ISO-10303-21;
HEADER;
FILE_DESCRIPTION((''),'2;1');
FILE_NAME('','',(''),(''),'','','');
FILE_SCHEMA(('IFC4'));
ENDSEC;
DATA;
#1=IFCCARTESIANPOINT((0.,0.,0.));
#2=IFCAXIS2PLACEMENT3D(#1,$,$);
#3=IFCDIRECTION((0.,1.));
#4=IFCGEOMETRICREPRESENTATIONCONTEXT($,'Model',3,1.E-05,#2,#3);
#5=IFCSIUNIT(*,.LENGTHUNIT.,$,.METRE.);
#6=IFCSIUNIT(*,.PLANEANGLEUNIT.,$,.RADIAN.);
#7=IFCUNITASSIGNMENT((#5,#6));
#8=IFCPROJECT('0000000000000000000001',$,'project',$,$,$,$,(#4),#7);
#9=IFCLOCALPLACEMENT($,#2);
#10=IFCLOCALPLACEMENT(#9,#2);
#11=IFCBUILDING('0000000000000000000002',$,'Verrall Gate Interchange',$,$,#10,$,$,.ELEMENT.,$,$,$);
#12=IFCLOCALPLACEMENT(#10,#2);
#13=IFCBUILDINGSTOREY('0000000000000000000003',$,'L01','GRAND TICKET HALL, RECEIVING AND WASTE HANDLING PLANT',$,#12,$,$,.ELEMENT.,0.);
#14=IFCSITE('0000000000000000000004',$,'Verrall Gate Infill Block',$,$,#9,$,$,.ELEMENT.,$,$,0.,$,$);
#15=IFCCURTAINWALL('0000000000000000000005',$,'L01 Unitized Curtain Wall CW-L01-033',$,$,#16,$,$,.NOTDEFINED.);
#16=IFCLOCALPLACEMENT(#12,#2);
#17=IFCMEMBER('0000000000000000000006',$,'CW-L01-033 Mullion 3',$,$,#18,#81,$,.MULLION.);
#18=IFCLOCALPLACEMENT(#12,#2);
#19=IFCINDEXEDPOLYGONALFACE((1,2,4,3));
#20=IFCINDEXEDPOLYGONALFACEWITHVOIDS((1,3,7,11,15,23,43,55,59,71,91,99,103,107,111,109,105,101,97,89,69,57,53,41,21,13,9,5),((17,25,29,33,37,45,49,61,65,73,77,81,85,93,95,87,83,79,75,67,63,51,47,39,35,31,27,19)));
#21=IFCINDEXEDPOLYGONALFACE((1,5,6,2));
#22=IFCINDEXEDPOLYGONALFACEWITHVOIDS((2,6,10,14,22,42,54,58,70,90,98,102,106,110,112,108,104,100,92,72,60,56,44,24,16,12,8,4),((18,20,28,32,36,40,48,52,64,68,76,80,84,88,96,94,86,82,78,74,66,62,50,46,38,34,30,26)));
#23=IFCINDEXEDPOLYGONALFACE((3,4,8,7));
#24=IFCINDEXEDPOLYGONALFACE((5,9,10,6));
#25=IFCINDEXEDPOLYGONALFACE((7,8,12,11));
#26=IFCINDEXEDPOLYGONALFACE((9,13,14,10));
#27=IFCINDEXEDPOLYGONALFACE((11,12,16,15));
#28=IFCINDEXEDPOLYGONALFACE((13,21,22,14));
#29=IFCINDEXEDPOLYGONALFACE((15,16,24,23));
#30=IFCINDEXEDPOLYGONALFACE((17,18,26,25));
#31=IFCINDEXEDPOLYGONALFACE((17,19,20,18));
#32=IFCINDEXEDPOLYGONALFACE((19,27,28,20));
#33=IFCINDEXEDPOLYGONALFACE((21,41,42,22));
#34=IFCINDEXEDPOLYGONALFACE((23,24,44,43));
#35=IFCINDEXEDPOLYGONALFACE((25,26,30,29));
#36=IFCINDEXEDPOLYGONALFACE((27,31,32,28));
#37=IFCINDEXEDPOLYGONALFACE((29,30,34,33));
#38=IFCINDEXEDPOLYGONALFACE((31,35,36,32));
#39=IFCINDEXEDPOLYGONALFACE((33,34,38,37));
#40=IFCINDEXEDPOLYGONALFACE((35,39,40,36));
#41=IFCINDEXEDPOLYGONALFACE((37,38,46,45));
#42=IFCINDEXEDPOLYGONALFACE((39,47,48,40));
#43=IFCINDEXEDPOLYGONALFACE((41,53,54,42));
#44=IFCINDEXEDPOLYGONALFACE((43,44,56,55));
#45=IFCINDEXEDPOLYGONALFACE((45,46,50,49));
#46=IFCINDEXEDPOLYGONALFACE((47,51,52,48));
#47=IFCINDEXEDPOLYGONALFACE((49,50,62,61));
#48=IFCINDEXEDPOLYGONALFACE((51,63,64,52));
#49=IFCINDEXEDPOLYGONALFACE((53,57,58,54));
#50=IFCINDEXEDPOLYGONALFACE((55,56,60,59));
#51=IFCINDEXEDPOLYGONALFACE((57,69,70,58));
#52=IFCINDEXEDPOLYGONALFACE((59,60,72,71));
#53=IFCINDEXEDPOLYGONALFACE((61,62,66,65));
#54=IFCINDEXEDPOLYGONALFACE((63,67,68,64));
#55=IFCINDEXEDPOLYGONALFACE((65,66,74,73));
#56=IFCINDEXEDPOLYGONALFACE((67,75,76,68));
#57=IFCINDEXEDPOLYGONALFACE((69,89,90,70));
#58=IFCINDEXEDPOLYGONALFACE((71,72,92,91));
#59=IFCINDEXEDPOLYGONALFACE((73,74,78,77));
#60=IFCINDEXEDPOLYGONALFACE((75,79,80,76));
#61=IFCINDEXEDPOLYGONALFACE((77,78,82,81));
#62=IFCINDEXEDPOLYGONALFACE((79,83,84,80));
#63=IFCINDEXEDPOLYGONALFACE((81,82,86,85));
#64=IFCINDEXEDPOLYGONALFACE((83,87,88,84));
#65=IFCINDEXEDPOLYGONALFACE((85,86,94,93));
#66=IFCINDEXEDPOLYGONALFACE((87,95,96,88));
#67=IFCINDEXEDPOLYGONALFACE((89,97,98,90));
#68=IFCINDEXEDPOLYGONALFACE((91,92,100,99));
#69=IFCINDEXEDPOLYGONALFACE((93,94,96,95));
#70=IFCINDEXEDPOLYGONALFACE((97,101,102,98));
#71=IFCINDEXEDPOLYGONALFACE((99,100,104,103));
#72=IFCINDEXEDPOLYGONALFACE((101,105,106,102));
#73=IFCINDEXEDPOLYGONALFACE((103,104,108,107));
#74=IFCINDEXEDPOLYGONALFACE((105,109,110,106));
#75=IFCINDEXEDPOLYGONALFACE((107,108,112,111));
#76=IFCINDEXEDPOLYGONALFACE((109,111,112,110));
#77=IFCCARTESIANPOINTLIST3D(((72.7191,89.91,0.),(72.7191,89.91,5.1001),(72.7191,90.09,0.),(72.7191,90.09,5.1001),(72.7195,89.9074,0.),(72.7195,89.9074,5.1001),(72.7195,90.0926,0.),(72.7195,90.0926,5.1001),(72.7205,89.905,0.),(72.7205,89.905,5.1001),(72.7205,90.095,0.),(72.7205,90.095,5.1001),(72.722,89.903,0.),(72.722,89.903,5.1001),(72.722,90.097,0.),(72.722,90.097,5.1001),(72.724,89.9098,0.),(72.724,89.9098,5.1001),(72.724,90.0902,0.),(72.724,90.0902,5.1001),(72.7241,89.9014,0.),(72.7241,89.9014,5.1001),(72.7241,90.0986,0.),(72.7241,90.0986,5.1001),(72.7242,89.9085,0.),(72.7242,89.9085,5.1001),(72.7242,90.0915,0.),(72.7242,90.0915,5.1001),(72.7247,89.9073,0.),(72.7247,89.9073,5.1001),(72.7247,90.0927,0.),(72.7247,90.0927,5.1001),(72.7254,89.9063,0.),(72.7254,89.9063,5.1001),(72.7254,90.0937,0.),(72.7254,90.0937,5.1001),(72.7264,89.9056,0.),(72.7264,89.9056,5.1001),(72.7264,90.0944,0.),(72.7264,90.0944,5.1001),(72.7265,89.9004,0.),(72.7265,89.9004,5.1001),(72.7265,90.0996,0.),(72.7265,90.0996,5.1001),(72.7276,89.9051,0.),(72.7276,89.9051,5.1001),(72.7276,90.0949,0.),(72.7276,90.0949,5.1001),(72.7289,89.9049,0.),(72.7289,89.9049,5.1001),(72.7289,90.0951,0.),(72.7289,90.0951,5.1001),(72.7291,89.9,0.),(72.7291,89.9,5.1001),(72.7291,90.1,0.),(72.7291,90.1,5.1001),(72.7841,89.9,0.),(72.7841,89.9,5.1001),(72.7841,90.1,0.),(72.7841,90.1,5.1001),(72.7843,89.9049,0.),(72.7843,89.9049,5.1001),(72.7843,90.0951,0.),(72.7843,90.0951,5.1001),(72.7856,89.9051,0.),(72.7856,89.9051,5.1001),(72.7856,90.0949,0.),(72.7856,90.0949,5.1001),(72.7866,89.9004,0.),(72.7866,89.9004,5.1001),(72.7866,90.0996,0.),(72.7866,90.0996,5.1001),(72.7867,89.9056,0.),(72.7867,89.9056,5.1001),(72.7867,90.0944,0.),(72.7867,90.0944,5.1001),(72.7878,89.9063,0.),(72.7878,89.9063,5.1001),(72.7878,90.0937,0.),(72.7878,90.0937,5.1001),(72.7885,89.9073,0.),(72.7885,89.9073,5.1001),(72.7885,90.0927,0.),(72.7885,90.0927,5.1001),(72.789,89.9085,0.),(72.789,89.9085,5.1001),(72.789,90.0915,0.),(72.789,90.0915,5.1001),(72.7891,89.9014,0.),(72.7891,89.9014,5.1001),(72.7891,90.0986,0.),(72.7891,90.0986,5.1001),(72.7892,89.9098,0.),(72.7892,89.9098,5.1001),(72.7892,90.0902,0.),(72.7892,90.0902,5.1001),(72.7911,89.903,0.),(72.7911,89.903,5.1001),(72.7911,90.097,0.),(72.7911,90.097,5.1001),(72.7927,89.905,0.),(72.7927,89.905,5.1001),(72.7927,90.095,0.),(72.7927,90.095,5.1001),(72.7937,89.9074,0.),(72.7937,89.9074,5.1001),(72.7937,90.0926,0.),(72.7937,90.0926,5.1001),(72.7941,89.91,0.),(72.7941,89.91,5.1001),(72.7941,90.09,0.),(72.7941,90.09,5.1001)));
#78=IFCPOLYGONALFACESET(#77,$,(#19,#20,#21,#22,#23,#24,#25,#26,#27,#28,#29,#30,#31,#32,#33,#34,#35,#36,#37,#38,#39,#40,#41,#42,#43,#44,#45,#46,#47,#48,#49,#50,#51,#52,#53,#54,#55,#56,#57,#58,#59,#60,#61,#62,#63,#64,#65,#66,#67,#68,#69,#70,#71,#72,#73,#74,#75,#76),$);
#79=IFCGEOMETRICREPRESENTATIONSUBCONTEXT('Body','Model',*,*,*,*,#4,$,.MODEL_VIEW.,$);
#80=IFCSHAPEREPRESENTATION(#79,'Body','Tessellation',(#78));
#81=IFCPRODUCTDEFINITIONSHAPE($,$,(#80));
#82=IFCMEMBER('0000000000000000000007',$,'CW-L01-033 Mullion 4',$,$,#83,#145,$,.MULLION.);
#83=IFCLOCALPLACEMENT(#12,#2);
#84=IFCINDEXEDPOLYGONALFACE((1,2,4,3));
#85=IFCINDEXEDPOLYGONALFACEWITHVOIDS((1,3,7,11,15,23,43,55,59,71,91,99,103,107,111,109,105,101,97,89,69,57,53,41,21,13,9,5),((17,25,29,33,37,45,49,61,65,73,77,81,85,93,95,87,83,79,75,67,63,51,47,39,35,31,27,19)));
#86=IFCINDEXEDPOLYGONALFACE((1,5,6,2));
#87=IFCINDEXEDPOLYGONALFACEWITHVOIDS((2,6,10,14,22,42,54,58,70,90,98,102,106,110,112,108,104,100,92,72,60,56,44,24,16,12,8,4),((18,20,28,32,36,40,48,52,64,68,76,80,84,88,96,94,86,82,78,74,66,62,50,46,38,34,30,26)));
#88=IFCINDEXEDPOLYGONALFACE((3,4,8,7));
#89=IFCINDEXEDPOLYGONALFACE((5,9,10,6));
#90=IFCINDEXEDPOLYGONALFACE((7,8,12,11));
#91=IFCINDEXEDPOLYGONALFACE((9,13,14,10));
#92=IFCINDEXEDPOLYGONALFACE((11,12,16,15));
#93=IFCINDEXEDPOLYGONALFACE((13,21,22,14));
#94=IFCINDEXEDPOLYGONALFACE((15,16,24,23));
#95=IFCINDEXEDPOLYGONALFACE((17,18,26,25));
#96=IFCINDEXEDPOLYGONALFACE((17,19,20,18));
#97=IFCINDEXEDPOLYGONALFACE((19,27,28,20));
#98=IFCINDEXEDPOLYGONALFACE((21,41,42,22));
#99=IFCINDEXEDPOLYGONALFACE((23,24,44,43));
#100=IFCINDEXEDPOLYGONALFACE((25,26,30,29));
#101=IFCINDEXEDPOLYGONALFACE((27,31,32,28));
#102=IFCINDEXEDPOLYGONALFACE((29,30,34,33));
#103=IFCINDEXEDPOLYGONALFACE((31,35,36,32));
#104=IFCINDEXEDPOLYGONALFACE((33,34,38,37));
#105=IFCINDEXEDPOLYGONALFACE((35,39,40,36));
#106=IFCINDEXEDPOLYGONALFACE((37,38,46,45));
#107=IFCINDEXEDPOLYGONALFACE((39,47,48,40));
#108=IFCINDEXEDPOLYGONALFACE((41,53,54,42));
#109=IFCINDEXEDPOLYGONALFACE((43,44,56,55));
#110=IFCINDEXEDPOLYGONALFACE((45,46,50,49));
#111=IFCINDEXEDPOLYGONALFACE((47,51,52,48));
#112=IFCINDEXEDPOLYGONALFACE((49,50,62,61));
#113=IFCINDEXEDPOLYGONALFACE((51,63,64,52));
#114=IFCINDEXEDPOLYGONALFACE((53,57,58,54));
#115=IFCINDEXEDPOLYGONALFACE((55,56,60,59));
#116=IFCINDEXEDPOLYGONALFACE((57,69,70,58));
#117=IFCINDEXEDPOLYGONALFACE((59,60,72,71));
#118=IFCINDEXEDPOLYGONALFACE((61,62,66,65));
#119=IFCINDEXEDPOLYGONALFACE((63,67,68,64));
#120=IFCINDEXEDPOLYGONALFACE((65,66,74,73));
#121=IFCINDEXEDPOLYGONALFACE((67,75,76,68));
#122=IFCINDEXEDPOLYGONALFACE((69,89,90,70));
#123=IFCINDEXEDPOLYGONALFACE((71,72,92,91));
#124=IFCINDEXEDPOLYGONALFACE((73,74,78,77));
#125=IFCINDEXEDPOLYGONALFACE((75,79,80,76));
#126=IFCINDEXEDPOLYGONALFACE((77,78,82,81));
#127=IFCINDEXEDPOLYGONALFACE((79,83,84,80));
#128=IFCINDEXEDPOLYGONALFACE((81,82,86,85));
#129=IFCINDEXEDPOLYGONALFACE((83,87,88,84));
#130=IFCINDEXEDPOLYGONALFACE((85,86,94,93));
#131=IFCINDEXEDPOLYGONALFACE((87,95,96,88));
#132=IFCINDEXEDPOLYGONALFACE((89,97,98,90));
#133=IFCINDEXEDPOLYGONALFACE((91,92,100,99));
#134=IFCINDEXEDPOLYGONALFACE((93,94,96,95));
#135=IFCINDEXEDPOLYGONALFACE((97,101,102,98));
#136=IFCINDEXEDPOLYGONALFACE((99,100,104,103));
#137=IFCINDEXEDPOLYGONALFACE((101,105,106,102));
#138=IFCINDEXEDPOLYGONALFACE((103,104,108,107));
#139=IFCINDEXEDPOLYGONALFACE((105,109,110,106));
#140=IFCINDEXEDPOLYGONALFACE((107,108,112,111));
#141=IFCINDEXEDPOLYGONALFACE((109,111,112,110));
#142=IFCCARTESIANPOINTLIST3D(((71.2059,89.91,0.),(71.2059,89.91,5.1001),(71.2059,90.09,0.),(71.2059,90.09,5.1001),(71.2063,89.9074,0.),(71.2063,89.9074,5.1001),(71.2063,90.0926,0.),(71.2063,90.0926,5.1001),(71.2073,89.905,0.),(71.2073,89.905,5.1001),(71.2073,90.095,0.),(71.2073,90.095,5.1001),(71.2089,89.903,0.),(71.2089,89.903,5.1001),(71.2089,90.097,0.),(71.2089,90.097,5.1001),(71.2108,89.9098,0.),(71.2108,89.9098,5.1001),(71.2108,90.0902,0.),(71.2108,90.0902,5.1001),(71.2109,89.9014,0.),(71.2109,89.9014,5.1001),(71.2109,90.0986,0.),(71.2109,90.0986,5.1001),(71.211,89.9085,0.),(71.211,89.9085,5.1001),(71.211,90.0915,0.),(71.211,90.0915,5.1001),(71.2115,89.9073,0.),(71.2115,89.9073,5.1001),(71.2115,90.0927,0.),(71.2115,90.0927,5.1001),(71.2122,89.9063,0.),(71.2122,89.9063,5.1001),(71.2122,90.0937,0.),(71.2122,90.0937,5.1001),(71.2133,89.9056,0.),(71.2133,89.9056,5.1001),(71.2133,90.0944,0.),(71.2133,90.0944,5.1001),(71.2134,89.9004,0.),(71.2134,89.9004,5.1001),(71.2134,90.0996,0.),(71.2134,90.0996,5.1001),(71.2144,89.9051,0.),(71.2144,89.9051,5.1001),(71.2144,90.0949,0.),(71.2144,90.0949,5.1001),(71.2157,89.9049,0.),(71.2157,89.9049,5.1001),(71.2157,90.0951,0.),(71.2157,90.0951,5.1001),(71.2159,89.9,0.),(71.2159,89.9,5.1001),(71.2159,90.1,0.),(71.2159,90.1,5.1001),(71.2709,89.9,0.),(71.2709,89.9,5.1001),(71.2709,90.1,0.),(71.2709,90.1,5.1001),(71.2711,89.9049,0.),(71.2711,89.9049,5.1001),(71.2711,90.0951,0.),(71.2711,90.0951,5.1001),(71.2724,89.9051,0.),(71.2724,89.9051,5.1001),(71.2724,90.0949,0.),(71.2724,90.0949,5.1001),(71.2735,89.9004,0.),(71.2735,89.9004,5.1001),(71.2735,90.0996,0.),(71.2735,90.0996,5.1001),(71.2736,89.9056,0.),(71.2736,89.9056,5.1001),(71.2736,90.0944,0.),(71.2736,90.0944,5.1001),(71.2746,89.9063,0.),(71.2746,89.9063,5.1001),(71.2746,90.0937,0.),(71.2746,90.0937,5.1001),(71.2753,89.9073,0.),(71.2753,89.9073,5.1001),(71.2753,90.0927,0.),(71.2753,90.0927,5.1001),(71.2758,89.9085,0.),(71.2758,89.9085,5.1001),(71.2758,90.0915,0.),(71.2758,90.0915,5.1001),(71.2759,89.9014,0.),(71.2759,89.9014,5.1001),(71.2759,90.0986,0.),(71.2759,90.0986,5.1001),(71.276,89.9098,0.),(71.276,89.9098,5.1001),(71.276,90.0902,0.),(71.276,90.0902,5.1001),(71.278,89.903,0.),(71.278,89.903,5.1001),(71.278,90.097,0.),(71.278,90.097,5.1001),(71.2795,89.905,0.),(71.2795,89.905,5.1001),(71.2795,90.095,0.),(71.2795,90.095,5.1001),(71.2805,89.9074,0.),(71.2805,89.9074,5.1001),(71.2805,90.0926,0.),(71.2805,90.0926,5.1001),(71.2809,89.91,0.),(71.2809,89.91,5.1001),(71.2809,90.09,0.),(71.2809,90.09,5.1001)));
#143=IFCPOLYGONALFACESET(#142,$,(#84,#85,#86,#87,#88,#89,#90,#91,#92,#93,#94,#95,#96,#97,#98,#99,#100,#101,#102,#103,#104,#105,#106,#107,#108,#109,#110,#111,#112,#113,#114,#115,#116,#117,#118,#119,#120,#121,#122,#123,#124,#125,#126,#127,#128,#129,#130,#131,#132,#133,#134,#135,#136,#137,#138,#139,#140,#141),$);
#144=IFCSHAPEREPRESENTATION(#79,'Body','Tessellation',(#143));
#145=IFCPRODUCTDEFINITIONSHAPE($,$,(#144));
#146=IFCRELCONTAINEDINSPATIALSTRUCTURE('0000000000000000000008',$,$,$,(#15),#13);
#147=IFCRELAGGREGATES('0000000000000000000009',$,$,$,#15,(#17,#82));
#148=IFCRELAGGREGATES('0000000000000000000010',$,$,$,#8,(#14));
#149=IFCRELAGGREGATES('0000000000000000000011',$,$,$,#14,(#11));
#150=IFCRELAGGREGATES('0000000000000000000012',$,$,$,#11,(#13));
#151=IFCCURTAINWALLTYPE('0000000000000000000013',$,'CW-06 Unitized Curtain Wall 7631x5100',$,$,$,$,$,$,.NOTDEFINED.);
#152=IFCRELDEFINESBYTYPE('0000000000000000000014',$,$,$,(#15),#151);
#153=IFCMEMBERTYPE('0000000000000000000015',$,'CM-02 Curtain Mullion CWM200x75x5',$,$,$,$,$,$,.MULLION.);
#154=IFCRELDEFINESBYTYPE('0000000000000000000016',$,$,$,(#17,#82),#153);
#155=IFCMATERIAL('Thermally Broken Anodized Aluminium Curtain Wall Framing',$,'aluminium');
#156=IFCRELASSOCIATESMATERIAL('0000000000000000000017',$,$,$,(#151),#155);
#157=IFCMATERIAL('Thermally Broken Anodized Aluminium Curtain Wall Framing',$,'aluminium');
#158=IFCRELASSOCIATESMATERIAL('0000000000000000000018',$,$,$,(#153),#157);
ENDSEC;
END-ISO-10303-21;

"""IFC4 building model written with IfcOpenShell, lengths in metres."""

from ifc_helpers import new_model, si_unit, direction, frame, origin, origin_2d, place, context, subcontext, project, spatial, hollow_rectangle, extrude, material, material_profile, profile_set, type_object, element, aggregate, save


model = new_model("IFC4")

# Units and contexts
model_context = context("Model", 3, precision=1e-05, world=origin(), true_north=direction((0.0, 1.0)))
body_context = subcontext(model_context, "Body", "Model", "MODEL_VIEW")
ifc_project = project(units=[si_unit("LENGTHUNIT", "METRE"), si_unit("PLANEANGLEUNIT", "RADIAN")], contexts=[model_context])

# Site, building, storey
site_placement = place(None, origin())
site = spatial("IfcSite", under=ifc_project, at=site_placement, Name="Verrall Gate Infill Block", CompositionType="ELEMENT", RefElevation=0.0)
building_placement = place(site_placement, origin())
building = spatial("IfcBuilding", under=site, at=building_placement, Name="Verrall Gate Interchange", CompositionType="ELEMENT")
storey_placement = place(building_placement, origin())
storey = spatial("IfcBuildingStorey", under=building, at=storey_placement, Name="L01", Description="GRAND TICKET HALL, RECEIVING AND WASTE HANDLING PLANT", CompositionType="ELEMENT", Elevation=0.0)

# Curtain wall, members
ifc_material_1 = material(Name="Thermally Broken Anodized Aluminium Curtain Wall Framing", Category="aluminium")
curtain_wall_type = type_object("IfcCurtainWallType", Name="CW-06 Unitized Curtain Wall 7631x5100", PredefinedType="NOTDEFINED", material=ifc_material_1)
curtain_wall_placement = place(storey_placement, origin())
curtain_wall = element("IfcCurtainWall", 1, at=curtain_wall_placement, inside=storey, type_object=curtain_wall_type, Name="L01 Unitized Curtain Wall CW-L01-033", PredefinedType="NOTDEFINED")
ifc_material_2 = material(Name="Thermally Broken Anodized Aluminium Curtain Wall Framing", Category="aluminium")
ifc_material_profile_1 = material_profile(ifc_material_2, hollow_rectangle(XDim=0.075, YDim=0.2, WallThickness=0.0049, InnerFilletRadius=0.0049, OuterFilletRadius=0.01, at=origin_2d()), Name="CWM200x75x5")
ifc_profile_set_1 = profile_set([ifc_material_profile_1], Name="Thermally Broken Anodized Aluminium Curtain Wall Framing")
member_type_1 = type_object("IfcMemberType", Name="CM-02 Curtain Mullion CWM200x75x5", PredefinedType="MULLION", material=ifc_profile_set_1)
member_1_placement = place(storey_placement, frame((72.7566, 90.0, 0.0), z_axis=(0.0, 0.0, 1.0), x_axis=(-1.0, 0.0, 0.0)))
member_1 = element("IfcMember", 2, at=member_1_placement, type_object=member_type_1, Name="CW-L01-033 Mullion 3", PredefinedType="MULLION", context=body_context, shape_type="SweptSolid", body=[
    extrude(hollow_rectangle(XDim=0.075, YDim=0.2, WallThickness=0.0049, InnerFilletRadius=0.0049, OuterFilletRadius=0.01, at=origin_2d()), origin(), (0.0, 0.0, 1.0), 5.1001),
])
member_2_placement = place(storey_placement, frame((71.2434, 90.0, 0.0), z_axis=(0.0, 0.0, 1.0), x_axis=(-1.0, 0.0, 0.0)))
member_2 = element("IfcMember", 3, at=member_2_placement, type_object=member_type_1, Name="CW-L01-033 Mullion 4", PredefinedType="MULLION", context=body_context, shape_type="SweptSolid", body=[
    extrude(hollow_rectangle(XDim=0.075, YDim=0.2, WallThickness=0.0049, InnerFilletRadius=0.0049, OuterFilletRadius=0.01, at=origin_2d()), origin(), (0.0, 0.0, 1.0), 5.1001),
])
aggregate(curtain_wall, [member_1, member_2])

save(model, "model.ifc")
